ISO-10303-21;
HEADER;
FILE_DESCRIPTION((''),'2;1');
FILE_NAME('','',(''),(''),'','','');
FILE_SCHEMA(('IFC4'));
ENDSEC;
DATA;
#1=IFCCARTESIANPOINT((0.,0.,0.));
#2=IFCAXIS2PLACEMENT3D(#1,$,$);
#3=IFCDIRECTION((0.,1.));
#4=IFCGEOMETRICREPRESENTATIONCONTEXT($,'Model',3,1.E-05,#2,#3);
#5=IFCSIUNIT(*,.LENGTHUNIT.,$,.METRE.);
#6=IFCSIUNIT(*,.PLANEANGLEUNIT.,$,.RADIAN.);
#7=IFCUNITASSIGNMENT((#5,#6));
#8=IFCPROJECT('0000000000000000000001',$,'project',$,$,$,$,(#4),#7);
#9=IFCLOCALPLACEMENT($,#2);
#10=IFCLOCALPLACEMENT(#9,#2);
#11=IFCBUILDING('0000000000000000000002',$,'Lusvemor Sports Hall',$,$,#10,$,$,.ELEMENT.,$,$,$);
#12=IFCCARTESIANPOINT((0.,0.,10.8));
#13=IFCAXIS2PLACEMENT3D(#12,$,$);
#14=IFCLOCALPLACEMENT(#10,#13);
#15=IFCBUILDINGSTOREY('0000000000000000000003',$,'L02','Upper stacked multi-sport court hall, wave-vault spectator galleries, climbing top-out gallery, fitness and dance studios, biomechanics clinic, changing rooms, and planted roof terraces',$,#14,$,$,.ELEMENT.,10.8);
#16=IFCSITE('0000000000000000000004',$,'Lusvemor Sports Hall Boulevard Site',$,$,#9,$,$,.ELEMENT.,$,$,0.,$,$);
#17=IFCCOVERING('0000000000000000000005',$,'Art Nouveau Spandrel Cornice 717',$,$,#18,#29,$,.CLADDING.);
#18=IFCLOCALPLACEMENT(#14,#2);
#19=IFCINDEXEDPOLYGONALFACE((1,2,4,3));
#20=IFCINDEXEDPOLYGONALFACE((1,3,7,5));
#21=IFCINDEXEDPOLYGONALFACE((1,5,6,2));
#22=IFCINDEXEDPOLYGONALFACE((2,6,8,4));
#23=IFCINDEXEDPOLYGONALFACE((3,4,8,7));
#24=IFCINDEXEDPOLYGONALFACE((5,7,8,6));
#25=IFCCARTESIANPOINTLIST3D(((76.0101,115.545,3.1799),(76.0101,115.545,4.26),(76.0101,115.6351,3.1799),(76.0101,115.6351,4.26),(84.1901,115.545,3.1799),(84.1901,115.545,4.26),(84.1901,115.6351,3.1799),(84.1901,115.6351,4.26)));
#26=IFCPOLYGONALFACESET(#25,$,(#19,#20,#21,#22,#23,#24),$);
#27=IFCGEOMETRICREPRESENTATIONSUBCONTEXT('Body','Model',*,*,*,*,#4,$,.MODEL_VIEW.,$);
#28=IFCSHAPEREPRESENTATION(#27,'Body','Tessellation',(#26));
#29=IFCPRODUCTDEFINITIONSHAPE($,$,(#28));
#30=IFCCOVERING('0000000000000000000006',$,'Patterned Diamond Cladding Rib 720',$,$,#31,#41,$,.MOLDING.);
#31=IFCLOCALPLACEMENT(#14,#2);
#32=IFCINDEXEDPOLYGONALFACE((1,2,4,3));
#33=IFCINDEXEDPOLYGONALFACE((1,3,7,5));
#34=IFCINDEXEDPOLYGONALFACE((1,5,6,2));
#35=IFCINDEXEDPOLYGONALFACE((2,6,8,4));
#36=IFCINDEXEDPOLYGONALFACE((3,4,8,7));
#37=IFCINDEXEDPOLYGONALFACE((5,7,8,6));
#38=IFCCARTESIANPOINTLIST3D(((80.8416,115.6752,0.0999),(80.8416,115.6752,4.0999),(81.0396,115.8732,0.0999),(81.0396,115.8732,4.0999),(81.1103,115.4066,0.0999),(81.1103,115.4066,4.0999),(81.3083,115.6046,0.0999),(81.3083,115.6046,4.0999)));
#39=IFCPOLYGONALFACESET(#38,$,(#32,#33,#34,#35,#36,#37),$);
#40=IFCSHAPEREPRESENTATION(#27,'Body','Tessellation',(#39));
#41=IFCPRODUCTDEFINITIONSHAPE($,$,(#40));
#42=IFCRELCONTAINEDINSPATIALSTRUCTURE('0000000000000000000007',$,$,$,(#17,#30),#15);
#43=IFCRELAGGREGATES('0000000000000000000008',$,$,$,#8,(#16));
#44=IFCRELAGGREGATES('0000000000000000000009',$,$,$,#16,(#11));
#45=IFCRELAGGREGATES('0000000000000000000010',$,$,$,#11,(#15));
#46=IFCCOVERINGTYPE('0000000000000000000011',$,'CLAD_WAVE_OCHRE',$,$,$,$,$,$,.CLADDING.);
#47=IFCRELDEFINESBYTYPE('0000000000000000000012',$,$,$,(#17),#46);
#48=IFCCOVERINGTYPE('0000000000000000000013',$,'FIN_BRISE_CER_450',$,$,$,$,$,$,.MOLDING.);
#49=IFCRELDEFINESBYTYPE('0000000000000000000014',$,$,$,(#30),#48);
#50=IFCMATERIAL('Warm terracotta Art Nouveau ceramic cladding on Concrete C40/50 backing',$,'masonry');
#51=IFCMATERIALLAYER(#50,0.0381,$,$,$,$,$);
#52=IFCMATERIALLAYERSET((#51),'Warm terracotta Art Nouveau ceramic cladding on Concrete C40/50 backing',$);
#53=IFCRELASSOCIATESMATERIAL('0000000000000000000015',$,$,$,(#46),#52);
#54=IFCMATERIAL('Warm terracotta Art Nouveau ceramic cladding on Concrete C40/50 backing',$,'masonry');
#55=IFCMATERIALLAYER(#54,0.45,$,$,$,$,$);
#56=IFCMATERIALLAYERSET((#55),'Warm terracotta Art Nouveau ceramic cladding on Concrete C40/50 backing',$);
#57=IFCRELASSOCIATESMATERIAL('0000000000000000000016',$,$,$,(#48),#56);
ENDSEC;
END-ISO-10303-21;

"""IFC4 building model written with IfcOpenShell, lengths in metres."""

from ifc_helpers import new_model, si_unit, direction, frame, origin, origin_2d, place, context, subcontext, project, spatial, rectangle, extrude, material, layer, layer_set, type_object, element, save


model = new_model("IFC4")

# Units and contexts
model_context = context("Model", 3, precision=1e-05, world=origin(), true_north=direction((0.0, 1.0)))
body_context = subcontext(model_context, "Body", "Model", "MODEL_VIEW")
ifc_project = project(units=[si_unit("LENGTHUNIT", "METRE"), si_unit("PLANEANGLEUNIT", "RADIAN")], contexts=[model_context])

# Site, building, storey
site_placement = place(None, origin())
site = spatial("IfcSite", under=ifc_project, at=site_placement, Name="Lusvemor Sports Hall Boulevard Site", CompositionType="ELEMENT", RefElevation=0.0)
building_placement = place(site_placement, origin())
building = spatial("IfcBuilding", under=site, at=building_placement, Name="Lusvemor Sports Hall", CompositionType="ELEMENT")
storey_placement = place(building_placement, frame((0.0, 0.0, 10.8)))
storey = spatial("IfcBuildingStorey", under=building, at=storey_placement, Name="L02", Description="Upper stacked multi-sport court hall, wave-vault spectator galleries, climbing top-out gallery, fitness and dance studios, biomechanics clinic, changing rooms, and planted roof terraces", CompositionType="ELEMENT", Elevation=10.8)

# Coverings
ifc_material_1 = material(Name="Warm terracotta Art Nouveau ceramic cladding on Concrete C40/50 backing", Category="masonry")
ifc_layer_1 = layer(ifc_material_1, 0.0381)
ifc_layer_set_1 = layer_set([ifc_layer_1], Name="Warm terracotta Art Nouveau ceramic cladding on Concrete C40/50 backing")
covering_type_1 = type_object("IfcCoveringType", Name="CLAD_WAVE_OCHRE", PredefinedType="CLADDING", material=ifc_layer_set_1)
covering_1_placement = place(storey_placement, frame((80.1001, 115.5901, 3.1799), z_axis=(0.0, 0.0, 1.0), x_axis=(1.0, 0.0, 0.0)))
element("IfcCovering", 1, at=covering_1_placement, inside=storey, type_object=covering_type_1, Name="Art Nouveau Spandrel Cornice 717", PredefinedType="CLADDING", context=body_context, shape_type="SweptSolid", body=[
    extrude(rectangle(XDim=8.1799, YDim=0.0901, at=origin_2d()), origin(), (0.0, 0.0, 1.0), 1.0801),
])
ifc_material_2 = material(Name="Warm terracotta Art Nouveau ceramic cladding on Concrete C40/50 backing", Category="masonry")
ifc_layer_2 = layer(ifc_material_2, 0.45)
ifc_layer_set_2 = layer_set([ifc_layer_2], Name="Warm terracotta Art Nouveau ceramic cladding on Concrete C40/50 backing")
covering_type_2 = type_object("IfcCoveringType", Name="FIN_BRISE_CER_450", PredefinedType="MOLDING", material=ifc_layer_set_2)
covering_2_placement = place(storey_placement, frame((81.075, 115.6399, 0.0999), z_axis=(0.0, 0.0, 1.0), x_axis=(0.707107, 0.707107, 0.0)))
element("IfcCovering", 2, at=covering_2_placement, inside=storey, type_object=covering_type_2, Name="Patterned Diamond Cladding Rib 720", PredefinedType="MOLDING", context=body_context, shape_type="SweptSolid", body=[
    extrude(rectangle(XDim=0.28, YDim=0.3799, at=origin_2d()), origin(), (0.0, 0.0, 1.0), 4.0),
])

save(model, "model.ifc")
